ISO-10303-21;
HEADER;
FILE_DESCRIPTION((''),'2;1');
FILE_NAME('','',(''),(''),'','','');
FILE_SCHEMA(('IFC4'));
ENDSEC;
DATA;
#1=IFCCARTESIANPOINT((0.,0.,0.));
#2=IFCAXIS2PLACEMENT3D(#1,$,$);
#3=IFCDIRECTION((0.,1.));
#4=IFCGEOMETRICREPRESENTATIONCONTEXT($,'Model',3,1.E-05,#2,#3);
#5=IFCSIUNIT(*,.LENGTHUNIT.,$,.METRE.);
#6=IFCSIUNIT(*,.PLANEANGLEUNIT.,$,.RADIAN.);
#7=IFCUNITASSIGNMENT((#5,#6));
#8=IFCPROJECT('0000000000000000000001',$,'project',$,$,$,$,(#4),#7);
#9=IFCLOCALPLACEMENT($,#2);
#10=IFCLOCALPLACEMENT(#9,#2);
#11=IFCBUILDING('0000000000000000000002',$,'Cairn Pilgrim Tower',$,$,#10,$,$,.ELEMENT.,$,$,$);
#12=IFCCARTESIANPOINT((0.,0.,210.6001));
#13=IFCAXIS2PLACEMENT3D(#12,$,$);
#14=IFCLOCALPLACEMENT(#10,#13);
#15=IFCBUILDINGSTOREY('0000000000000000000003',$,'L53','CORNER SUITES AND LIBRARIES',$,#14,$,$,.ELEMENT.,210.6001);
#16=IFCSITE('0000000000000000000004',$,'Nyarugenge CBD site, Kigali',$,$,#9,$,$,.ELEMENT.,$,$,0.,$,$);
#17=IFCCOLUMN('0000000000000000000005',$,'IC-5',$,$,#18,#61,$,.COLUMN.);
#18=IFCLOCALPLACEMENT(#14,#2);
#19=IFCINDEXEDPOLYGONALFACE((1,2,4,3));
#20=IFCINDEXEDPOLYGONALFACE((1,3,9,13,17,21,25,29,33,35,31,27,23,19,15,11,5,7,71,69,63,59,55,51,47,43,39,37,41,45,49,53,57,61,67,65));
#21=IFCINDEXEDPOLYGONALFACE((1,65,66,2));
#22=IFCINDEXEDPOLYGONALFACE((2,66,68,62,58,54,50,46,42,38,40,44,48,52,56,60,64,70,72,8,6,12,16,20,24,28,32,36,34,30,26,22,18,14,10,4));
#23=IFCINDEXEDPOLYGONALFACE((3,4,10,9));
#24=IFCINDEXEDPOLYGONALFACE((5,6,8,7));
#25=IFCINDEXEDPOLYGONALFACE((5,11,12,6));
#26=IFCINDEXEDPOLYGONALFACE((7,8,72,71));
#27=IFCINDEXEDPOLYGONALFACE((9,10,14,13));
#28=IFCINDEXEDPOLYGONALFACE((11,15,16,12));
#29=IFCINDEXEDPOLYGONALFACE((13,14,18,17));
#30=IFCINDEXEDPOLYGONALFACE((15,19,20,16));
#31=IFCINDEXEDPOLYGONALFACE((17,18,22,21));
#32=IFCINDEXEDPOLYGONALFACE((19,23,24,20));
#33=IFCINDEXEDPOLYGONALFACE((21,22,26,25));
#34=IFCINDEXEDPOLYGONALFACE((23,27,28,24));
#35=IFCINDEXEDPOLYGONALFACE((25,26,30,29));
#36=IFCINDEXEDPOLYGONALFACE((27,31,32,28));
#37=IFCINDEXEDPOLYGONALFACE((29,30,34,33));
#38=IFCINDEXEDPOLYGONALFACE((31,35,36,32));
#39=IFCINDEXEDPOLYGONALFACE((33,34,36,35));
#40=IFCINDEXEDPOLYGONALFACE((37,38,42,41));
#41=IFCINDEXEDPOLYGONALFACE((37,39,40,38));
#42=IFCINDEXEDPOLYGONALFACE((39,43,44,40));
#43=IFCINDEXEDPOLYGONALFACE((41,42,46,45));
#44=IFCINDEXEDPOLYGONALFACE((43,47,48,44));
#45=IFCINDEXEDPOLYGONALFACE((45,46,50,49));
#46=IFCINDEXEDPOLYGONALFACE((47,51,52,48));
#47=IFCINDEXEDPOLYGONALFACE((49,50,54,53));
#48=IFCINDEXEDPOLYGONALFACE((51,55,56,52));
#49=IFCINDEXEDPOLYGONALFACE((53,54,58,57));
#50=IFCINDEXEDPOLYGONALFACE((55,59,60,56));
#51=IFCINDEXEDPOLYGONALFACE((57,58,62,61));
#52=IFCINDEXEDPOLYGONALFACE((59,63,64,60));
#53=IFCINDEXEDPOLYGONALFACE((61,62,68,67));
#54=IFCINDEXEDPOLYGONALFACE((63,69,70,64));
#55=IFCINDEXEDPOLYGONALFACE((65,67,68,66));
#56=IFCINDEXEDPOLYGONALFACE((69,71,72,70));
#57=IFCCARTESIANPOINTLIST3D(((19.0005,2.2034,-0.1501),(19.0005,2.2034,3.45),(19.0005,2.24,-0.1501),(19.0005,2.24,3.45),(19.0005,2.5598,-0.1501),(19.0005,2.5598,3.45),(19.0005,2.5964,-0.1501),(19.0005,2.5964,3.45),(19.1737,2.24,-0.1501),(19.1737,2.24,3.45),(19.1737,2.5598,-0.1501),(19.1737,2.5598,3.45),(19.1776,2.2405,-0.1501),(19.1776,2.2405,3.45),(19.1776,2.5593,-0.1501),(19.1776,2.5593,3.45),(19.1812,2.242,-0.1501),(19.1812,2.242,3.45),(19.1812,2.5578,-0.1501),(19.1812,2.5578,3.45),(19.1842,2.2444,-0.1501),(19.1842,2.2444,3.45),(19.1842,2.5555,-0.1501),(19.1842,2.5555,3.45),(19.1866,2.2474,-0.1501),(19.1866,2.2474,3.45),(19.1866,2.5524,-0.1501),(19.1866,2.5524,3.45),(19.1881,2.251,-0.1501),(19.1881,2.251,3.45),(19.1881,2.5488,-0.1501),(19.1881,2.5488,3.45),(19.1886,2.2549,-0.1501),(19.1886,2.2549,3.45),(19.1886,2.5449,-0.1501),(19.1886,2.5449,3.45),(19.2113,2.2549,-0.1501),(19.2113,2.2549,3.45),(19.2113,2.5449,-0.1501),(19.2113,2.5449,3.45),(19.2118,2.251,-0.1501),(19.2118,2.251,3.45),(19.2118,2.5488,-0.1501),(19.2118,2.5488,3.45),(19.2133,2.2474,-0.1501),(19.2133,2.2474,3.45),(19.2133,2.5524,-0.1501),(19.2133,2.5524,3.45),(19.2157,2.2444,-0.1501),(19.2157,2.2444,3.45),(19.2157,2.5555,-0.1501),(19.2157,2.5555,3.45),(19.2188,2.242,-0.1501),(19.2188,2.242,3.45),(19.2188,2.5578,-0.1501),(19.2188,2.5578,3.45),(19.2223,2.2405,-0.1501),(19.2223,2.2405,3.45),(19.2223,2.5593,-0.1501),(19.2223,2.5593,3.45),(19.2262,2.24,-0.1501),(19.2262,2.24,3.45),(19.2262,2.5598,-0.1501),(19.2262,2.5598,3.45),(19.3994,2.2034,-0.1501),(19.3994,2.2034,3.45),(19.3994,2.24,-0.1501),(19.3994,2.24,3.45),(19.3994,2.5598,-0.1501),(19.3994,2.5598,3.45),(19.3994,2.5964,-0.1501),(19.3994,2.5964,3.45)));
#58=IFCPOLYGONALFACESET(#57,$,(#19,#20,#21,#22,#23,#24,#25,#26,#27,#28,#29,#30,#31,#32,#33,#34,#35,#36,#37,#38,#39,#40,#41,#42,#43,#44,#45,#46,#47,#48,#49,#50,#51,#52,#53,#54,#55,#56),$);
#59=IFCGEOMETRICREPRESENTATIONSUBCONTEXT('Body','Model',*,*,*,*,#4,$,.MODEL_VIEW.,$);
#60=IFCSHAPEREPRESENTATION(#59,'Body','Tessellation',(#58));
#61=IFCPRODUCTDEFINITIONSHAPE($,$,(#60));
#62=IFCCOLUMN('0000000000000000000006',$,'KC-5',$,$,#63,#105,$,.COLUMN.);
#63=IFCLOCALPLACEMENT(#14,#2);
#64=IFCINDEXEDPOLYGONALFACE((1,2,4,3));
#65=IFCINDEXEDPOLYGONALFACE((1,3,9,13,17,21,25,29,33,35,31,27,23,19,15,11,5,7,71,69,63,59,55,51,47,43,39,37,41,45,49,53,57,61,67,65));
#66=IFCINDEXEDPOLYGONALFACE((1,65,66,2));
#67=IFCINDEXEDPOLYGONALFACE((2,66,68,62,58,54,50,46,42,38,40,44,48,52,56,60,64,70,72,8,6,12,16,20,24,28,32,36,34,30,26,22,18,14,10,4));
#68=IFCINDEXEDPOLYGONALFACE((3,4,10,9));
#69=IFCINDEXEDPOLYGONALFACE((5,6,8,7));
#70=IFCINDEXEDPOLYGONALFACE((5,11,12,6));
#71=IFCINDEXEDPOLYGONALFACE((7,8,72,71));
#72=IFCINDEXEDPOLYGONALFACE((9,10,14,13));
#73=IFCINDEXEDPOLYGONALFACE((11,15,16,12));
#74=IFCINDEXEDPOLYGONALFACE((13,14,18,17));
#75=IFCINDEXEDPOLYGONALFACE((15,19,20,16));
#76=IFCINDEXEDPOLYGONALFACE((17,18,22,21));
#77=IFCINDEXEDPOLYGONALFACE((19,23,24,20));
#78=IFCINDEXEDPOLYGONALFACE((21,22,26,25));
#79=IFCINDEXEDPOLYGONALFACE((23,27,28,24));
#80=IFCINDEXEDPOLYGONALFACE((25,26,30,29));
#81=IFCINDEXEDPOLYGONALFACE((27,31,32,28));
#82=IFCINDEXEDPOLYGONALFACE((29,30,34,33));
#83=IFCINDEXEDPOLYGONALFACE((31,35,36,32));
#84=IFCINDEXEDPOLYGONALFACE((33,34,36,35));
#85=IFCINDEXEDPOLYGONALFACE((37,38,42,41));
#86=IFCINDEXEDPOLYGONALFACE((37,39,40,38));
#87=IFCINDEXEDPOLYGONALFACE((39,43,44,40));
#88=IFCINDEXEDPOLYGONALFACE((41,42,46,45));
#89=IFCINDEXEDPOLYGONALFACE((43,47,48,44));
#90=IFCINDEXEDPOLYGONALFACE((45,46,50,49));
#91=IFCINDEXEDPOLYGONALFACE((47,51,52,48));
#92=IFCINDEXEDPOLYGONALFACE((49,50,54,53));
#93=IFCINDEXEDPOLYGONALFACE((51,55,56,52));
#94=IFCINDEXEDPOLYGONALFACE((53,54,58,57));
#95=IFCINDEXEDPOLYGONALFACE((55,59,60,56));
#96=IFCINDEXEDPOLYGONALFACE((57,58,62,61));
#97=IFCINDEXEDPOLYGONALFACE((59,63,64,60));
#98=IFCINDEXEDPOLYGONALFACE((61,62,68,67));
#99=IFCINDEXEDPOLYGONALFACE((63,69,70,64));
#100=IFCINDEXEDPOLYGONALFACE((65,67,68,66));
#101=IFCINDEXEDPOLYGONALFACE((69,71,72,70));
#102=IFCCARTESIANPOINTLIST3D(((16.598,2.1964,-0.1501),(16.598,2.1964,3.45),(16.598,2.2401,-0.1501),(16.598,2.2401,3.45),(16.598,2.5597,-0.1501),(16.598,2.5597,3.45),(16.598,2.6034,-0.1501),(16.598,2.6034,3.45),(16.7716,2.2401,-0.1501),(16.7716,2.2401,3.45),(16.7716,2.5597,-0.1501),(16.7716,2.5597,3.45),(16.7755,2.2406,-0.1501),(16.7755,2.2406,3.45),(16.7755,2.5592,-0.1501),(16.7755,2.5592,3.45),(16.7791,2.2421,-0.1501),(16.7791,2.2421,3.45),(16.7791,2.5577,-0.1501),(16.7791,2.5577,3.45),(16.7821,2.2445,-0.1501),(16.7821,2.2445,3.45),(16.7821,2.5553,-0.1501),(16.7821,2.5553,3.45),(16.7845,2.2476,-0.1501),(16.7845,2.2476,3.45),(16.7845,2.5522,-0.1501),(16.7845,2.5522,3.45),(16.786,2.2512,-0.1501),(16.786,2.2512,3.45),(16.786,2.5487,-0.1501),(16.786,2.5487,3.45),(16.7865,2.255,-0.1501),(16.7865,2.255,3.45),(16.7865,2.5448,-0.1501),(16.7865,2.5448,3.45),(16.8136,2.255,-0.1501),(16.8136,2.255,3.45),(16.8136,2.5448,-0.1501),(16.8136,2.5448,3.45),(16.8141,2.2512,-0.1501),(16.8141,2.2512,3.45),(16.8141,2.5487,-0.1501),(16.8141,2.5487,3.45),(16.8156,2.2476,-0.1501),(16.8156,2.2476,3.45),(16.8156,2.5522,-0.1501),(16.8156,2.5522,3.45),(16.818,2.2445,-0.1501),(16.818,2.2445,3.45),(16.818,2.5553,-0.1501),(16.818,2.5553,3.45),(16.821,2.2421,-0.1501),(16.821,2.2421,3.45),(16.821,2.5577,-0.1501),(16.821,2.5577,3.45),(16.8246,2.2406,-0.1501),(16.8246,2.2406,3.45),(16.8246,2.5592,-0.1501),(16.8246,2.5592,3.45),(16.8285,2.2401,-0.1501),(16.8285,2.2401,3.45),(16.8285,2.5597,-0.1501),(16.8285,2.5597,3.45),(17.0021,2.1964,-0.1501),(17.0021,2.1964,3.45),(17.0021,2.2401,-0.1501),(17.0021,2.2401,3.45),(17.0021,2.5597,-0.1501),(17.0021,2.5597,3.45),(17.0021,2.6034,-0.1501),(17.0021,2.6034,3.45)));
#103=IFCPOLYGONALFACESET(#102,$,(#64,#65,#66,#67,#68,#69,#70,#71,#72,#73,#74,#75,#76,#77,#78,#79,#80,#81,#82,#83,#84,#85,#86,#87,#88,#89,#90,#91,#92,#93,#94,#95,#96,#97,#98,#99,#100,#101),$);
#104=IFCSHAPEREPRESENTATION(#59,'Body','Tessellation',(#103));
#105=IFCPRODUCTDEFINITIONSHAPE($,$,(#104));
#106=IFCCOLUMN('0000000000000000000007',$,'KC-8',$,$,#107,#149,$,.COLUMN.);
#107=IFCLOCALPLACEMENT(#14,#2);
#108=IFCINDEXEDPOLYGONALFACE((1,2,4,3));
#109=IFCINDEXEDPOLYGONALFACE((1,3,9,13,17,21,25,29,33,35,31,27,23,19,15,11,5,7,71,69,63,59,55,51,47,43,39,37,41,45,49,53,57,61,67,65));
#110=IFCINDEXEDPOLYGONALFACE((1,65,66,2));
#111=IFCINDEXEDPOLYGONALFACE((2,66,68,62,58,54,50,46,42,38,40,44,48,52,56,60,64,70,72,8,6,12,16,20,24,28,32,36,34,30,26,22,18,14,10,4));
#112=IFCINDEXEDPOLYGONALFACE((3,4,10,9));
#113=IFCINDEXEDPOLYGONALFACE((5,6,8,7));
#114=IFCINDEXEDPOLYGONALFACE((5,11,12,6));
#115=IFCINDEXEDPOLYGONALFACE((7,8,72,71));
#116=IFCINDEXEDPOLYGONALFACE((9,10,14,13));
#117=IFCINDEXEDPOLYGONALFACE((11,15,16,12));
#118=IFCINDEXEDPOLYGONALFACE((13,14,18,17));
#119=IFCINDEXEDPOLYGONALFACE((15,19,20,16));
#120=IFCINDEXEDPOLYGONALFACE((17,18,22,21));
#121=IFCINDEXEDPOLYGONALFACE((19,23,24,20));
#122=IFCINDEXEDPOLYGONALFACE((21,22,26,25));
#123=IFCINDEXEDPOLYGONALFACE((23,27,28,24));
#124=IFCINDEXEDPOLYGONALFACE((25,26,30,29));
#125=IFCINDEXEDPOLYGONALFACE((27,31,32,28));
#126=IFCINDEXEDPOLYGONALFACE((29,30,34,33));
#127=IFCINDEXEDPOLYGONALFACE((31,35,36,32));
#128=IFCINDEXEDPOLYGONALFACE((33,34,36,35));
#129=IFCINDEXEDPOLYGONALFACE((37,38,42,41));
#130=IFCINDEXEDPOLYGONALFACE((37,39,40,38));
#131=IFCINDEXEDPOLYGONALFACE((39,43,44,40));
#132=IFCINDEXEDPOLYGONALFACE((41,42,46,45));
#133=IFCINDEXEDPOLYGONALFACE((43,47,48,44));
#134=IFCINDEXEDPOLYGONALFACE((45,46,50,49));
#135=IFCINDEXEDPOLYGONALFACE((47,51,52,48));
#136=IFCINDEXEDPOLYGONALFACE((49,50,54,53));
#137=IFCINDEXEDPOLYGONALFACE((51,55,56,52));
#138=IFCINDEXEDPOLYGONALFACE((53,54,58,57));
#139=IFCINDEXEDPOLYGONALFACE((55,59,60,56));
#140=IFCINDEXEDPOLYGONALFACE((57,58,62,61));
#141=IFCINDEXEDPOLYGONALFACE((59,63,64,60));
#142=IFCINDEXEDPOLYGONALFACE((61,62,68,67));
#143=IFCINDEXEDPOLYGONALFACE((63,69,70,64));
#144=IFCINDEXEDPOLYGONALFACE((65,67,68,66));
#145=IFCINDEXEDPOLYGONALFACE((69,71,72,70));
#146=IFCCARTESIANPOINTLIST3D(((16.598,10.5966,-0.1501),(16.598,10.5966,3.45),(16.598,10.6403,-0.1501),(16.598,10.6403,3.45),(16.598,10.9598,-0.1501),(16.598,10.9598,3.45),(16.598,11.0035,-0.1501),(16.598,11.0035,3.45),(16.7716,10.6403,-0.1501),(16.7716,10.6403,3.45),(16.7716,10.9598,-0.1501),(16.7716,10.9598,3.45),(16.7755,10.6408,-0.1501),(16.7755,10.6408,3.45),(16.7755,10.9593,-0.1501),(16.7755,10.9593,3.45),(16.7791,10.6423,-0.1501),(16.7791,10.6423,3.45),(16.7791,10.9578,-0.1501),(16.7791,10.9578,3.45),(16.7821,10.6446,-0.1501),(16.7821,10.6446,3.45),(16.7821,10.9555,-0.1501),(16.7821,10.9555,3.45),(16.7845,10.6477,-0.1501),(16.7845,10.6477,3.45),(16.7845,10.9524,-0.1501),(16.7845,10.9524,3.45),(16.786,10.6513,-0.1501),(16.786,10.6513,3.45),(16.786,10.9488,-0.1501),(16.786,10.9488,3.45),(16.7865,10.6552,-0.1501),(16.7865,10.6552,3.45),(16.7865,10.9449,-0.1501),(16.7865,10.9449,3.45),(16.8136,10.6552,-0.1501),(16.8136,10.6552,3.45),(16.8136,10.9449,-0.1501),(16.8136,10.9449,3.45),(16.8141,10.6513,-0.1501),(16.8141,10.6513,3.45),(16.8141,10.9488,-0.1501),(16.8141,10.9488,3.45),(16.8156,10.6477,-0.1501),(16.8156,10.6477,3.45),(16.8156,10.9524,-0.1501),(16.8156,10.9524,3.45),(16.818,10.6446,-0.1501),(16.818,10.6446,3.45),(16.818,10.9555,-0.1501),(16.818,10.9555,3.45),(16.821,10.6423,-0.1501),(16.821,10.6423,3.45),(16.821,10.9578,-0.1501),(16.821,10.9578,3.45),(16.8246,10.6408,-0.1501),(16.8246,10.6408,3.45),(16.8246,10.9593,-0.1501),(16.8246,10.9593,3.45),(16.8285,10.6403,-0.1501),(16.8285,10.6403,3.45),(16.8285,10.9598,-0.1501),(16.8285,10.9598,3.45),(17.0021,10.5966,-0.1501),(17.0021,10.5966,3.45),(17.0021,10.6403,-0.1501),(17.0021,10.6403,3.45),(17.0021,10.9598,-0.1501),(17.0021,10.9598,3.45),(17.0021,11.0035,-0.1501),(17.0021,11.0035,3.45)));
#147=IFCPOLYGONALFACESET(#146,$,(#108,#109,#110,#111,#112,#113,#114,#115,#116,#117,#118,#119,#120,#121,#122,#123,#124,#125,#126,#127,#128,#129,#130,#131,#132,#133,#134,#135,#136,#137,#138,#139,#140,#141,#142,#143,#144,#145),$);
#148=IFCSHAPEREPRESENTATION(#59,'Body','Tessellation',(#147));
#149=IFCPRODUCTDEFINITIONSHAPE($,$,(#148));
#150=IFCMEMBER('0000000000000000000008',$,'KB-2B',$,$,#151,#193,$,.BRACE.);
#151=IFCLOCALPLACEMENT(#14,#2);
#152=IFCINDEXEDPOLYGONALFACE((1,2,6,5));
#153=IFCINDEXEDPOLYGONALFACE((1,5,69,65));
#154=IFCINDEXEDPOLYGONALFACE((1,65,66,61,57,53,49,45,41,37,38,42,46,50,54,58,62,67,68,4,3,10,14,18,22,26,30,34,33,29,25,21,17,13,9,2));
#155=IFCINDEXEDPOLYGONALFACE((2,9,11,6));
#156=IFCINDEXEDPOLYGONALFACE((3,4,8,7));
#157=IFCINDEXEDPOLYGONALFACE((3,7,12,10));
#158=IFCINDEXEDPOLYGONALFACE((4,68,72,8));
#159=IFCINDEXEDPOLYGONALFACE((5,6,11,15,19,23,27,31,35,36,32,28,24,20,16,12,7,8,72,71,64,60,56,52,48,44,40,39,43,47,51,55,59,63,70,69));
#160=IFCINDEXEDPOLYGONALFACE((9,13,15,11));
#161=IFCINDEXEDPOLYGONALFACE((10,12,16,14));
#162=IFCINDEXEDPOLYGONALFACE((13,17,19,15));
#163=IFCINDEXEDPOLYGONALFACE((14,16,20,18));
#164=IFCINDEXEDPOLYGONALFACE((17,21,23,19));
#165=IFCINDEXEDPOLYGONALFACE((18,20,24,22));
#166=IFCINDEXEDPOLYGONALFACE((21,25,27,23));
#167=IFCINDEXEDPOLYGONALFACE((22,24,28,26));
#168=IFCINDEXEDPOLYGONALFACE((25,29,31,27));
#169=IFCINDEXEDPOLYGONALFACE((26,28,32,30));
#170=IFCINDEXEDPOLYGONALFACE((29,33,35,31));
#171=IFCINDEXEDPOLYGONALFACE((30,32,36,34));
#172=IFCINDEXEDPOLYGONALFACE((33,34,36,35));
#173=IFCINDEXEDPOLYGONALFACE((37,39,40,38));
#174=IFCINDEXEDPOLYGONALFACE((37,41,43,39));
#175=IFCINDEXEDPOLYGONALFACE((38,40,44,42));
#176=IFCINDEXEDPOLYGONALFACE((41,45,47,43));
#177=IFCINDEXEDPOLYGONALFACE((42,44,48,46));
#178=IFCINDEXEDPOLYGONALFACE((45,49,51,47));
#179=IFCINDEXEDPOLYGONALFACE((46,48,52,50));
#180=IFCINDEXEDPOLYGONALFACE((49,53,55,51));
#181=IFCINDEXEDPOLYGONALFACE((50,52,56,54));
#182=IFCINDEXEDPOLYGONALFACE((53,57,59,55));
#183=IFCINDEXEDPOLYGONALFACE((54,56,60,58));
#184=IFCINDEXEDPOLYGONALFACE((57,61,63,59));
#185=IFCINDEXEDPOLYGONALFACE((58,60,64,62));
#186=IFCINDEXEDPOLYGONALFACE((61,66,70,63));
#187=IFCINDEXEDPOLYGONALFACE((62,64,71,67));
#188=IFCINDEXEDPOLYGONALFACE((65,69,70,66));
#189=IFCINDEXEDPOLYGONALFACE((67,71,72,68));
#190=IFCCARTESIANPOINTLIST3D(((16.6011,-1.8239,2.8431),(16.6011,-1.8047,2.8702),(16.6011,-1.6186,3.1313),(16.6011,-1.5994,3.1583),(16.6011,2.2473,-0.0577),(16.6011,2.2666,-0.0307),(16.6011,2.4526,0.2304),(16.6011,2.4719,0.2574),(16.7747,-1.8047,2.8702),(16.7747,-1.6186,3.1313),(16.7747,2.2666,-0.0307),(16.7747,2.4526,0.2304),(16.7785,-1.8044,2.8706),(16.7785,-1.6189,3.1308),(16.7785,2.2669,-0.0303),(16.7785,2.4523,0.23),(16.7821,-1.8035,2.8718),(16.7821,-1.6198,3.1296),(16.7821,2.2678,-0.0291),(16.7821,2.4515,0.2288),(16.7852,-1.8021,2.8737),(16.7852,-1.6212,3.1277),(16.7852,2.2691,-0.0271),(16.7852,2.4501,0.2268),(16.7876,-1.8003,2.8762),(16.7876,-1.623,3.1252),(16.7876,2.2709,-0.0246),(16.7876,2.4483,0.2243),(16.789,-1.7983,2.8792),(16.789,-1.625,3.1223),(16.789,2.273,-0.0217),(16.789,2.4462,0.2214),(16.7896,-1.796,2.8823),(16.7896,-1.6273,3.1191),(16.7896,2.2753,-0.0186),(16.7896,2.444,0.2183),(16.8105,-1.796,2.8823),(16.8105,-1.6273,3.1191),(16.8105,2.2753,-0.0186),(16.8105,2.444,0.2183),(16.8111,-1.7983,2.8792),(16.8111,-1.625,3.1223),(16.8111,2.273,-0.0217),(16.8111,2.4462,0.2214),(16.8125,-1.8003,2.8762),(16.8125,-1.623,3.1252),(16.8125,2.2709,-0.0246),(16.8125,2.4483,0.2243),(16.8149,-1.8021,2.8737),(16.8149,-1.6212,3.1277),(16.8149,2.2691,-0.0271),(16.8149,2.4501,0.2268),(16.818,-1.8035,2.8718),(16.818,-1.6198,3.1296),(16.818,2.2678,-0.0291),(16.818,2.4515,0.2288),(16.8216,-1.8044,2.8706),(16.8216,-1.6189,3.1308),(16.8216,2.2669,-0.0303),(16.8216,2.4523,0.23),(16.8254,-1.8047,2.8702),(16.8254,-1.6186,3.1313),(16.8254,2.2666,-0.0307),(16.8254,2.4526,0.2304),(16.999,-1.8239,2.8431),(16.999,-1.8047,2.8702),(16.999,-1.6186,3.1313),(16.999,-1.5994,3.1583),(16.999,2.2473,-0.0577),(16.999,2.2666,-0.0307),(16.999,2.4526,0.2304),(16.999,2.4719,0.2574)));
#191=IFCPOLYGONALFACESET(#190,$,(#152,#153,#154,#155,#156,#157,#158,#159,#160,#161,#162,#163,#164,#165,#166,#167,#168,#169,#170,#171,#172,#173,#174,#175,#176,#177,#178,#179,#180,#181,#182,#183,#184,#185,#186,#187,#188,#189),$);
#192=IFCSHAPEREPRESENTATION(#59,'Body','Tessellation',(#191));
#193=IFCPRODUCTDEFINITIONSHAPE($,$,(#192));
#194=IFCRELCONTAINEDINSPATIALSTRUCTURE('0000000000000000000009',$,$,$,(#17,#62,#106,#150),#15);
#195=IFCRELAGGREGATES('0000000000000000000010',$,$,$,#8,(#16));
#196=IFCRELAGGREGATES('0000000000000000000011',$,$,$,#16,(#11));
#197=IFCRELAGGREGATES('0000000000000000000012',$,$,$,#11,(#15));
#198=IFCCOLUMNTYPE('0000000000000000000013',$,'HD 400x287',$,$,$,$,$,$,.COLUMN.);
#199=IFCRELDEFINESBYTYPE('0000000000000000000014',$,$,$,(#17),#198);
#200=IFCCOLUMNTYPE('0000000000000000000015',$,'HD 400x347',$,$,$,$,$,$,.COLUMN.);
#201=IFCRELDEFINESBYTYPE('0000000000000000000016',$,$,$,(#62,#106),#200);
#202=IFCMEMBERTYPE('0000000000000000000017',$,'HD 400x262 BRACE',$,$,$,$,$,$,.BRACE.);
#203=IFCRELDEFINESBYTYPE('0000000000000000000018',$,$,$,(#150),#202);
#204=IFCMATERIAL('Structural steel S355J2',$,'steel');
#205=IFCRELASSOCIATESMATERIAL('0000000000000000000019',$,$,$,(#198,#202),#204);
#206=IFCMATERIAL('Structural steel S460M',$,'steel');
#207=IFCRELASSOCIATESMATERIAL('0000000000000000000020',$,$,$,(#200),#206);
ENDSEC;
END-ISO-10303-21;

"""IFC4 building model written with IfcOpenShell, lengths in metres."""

from ifc_helpers import new_model, si_unit, direction, frame, origin, origin_2d, place, context, subcontext, project, spatial, i_section, extrude, material, material_profile, profile_set, type_object, element, save


model = new_model("IFC4")

# Units and contexts
model_context = context("Model", 3, precision=1e-05, world=origin(), true_north=direction((0.0, 1.0)))
body_context = subcontext(model_context, "Body", "Model", "MODEL_VIEW")
ifc_project = project(units=[si_unit("LENGTHUNIT", "METRE"), si_unit("PLANEANGLEUNIT", "RADIAN")], contexts=[model_context])

# Site, building, storey
site_placement = place(None, origin())
site = spatial("IfcSite", under=ifc_project, at=site_placement, Name="Nyarugenge CBD site, Kigali", CompositionType="ELEMENT", RefElevation=0.0)
building_placement = place(site_placement, origin())
building = spatial("IfcBuilding", under=site, at=building_placement, Name="Cairn Pilgrim Tower", CompositionType="ELEMENT")
storey_placement = place(building_placement, frame((0.0, 0.0, 210.6001)))
storey = spatial("IfcBuildingStorey", under=building, at=storey_placement, Name="L53", Description="CORNER SUITES AND LIBRARIES", CompositionType="ELEMENT", Elevation=210.6001)

# Columns
ifc_material_1 = material(Name="Structural steel S355J2", Category="steel")
ifc_material_profile_1 = material_profile(ifc_material_1, i_section(OverallWidth=0.3989, OverallDepth=0.3931, WebThickness=0.0227, FlangeThickness=0.0366, FilletRadius=0.0149, at=origin_2d()), Name="HD 400x287")
ifc_profile_set_1 = profile_set([ifc_material_profile_1], Name="Structural steel S355J2")
column_type_1 = type_object("IfcColumnType", Name="HD 400x287", PredefinedType="COLUMN", material=ifc_profile_set_1)
column_placement = place(storey_placement, frame((19.2, 2.3999, -0.1501), z_axis=(0.0, 0.0, 1.0), x_axis=(1.0, 0.0, 0.0)))
element("IfcColumn", 1, at=column_placement, inside=storey, type_object=column_type_1, Name="IC-5", PredefinedType="COLUMN", context=body_context, shape_type="SweptSolid", body=[
    extrude(i_section(OverallWidth=0.3989, OverallDepth=0.3931, WebThickness=0.0227, FlangeThickness=0.0366, FilletRadius=0.0149, at=origin_2d()), origin(), (0.0, 0.0, 1.0), 3.6001),
])
ifc_material_2 = material(Name="Structural steel S460M", Category="steel")
ifc_material_profile_2 = material_profile(ifc_material_2, i_section(OverallWidth=0.4041, OverallDepth=0.407, WebThickness=0.0271, FlangeThickness=0.0437, FilletRadius=0.0149, at=origin_2d()), Name="HD 400x347")
ifc_profile_set_2 = profile_set([ifc_material_profile_2], Name="Structural steel S460M")
column_type_2 = type_object("IfcColumnType", Name="HD 400x347", PredefinedType="COLUMN", material=ifc_profile_set_2)
for number, where, z_axis, x_axis, name in (
    (2, (16.8, 2.3999, -0.1501), (0.0, 0.0, 1.0), (1.0, 0.0, 0.0), "KC-5"),
    (3, (16.8, 10.8, -0.1501), (0.0, 0.0, 1.0), (1.0, 0.0, 0.0), "KC-8"),
):
    element("IfcColumn", number, at=place(storey_placement, frame(where, z_axis=z_axis, x_axis=x_axis)), inside=storey, type_object=column_type_2, Name=name, PredefinedType="COLUMN", context=body_context, shape_type="SweptSolid", body=[
        extrude(i_section(OverallWidth=0.4041, OverallDepth=0.407, WebThickness=0.0271, FlangeThickness=0.0437, FilletRadius=0.0149, at=origin_2d()), origin(), (0.0, 0.0, 1.0), 3.6001),
    ])

# Member
ifc_material_profile_3 = material_profile(ifc_material_1, i_section(OverallWidth=0.3979, OverallDepth=0.387, WebThickness=0.021, FlangeThickness=0.0332, FilletRadius=0.0149, at=origin_2d()), Name="HD 400x262")
ifc_profile_set_3 = profile_set([ifc_material_profile_3], Name="Structural steel S355J2")
member_type = type_object("IfcMemberType", Name="HD 400x262 BRACE", PredefinedType="BRACE", material=ifc_profile_set_3)
member_1_placement = place(storey_placement, frame((16.8, 2.3596, 0.0999), z_axis=(0.0, -0.814413, 0.580286), x_axis=(1.0, 0.0, 0.0)))
element("IfcMember", 4, at=member_1_placement, inside=storey, type_object=member_type, Name="KB-2B", PredefinedType="BRACE", context=body_context, shape_type="SweptSolid", body=[
    extrude(i_section(OverallWidth=0.3979, OverallDepth=0.387, WebThickness=0.021, FlangeThickness=0.0332, FilletRadius=0.0149, at=origin_2d()), origin(), (0.0, 0.0, 1.0), 4.999),
])

save(model, "model.ifc")
